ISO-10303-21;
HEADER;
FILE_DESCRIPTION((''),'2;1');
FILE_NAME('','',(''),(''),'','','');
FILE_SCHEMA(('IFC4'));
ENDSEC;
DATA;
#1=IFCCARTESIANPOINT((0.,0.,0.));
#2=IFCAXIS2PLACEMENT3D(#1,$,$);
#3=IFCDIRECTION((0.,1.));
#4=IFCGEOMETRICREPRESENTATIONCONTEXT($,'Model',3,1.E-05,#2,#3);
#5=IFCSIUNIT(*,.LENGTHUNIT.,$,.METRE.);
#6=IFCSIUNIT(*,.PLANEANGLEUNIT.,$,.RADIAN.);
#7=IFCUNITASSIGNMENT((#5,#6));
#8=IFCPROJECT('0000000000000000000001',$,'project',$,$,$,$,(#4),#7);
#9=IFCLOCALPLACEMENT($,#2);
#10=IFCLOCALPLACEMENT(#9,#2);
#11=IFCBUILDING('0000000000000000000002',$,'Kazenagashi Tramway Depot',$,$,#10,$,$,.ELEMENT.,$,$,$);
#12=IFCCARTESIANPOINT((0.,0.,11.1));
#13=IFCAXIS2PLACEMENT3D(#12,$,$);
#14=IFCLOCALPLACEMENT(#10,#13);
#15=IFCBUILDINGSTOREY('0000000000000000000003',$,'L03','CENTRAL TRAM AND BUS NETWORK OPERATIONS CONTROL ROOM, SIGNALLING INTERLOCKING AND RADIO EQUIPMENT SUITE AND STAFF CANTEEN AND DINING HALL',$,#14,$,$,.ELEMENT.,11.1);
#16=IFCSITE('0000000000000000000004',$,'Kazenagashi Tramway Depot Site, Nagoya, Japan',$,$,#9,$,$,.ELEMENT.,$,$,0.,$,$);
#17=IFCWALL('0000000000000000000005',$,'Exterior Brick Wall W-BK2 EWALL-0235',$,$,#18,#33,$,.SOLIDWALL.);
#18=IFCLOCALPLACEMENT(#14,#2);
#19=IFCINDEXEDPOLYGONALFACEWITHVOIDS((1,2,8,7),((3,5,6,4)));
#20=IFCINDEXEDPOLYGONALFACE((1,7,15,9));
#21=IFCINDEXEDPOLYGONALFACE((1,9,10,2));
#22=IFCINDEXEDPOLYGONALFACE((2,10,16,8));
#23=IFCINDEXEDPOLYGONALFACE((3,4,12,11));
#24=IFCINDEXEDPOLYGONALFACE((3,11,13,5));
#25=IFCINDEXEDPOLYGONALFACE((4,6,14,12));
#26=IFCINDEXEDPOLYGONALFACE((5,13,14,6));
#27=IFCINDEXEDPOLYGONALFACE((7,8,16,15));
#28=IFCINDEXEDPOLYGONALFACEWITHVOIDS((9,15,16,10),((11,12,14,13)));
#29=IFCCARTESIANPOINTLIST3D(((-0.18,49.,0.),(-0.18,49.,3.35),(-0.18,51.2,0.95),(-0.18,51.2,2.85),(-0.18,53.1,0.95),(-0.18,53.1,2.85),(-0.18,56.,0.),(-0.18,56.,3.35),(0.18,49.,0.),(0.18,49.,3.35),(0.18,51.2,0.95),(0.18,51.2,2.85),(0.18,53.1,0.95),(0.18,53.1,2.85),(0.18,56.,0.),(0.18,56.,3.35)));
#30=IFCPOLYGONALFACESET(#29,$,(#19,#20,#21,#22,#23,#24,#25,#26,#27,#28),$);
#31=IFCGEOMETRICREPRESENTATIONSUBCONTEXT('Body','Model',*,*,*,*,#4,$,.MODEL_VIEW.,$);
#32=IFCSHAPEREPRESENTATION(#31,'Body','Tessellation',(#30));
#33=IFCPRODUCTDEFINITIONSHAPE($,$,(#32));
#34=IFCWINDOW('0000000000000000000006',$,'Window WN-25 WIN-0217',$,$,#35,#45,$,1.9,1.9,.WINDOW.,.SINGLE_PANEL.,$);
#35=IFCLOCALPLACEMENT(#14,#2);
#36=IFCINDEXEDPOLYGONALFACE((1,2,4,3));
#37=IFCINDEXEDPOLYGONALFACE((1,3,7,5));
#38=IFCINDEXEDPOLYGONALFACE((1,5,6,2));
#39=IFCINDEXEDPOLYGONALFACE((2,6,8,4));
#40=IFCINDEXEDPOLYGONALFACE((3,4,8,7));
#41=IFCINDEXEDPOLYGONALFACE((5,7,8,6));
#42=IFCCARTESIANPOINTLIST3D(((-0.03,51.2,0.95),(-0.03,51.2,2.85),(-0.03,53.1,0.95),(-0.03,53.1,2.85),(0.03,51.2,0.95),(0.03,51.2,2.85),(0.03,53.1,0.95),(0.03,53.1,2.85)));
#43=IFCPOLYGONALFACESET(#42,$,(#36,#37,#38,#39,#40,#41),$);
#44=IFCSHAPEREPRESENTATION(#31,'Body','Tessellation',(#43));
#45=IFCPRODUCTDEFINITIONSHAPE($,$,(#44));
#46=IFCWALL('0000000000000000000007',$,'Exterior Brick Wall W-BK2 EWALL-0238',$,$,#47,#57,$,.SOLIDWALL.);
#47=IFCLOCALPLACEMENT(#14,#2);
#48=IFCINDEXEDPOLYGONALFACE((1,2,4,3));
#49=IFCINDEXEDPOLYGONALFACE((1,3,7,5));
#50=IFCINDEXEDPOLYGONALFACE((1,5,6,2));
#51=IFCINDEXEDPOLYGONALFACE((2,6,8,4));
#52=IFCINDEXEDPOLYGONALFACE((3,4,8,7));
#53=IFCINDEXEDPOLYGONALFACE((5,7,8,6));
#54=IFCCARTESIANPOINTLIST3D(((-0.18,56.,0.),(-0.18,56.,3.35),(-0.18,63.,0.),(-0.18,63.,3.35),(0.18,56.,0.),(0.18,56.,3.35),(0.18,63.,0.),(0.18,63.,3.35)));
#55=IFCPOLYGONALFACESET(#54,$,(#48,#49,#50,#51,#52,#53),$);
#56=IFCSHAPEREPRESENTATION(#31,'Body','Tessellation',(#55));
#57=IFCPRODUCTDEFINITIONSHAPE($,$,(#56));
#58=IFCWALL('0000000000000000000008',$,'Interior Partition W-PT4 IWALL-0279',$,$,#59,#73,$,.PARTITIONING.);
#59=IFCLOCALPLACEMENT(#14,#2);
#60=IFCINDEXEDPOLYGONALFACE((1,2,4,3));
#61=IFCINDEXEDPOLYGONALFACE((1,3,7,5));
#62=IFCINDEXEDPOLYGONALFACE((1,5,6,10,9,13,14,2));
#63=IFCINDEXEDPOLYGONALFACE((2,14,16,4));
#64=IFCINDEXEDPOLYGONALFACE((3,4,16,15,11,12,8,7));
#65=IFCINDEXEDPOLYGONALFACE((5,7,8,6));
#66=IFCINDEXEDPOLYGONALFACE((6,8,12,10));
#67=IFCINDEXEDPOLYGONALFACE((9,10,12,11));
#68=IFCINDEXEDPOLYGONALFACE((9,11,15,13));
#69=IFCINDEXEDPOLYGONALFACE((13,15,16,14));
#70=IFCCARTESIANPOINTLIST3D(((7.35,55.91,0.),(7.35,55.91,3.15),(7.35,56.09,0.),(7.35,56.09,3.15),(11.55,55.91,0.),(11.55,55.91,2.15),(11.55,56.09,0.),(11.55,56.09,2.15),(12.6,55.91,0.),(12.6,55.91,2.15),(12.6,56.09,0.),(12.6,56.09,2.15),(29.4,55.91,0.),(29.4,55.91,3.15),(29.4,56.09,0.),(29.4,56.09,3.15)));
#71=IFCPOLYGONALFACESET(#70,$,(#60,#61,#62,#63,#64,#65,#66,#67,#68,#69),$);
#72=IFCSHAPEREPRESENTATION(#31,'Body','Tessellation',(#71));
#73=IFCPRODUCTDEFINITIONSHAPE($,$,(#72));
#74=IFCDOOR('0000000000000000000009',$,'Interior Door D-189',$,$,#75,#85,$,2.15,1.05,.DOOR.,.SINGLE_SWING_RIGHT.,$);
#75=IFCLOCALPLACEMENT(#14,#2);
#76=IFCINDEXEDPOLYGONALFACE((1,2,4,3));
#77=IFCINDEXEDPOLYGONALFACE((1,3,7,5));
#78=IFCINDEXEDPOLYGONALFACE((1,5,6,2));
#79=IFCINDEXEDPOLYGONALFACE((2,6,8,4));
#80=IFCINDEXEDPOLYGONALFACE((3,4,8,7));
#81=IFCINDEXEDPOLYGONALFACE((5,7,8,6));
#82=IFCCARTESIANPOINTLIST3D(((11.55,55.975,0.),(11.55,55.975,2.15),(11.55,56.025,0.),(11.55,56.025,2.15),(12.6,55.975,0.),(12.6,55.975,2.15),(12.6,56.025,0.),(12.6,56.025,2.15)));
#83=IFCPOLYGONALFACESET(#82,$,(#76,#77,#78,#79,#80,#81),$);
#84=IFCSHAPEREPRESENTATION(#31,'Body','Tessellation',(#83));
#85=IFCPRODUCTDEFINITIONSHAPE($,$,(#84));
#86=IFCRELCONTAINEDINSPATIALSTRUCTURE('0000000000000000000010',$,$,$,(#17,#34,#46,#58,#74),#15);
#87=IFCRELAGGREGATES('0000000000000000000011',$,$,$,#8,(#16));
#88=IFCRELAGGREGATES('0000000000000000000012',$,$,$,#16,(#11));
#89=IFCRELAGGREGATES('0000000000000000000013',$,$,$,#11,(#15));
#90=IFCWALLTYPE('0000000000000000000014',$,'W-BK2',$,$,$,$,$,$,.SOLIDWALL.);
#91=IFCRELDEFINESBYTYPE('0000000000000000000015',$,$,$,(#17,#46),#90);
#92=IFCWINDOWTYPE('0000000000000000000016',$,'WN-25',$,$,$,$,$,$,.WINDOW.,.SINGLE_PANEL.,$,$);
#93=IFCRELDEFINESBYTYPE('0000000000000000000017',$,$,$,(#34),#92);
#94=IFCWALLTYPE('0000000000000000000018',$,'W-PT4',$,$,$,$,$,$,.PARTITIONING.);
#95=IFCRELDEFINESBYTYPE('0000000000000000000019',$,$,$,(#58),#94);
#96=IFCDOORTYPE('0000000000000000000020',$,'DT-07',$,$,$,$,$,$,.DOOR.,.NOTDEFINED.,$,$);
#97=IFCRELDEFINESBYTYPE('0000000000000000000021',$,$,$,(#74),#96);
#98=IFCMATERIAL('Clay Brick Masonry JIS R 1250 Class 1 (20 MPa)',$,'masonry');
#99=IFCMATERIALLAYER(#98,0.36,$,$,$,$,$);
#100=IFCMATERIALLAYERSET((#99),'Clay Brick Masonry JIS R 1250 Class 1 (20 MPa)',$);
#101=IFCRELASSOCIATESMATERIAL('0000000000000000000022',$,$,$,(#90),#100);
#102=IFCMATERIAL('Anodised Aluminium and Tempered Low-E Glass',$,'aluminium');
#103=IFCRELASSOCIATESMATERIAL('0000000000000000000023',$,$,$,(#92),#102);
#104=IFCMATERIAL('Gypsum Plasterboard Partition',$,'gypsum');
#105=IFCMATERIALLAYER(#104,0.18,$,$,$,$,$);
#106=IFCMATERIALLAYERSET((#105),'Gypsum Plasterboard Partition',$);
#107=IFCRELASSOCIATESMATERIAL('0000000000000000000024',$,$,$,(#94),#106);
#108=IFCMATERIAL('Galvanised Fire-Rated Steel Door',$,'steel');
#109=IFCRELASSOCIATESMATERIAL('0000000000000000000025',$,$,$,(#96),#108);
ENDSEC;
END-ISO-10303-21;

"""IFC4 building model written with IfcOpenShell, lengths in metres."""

from ifc_helpers import new_model, si_unit, direction, frame, frame_2d, origin, place, context, subcontext, project, spatial, rectangle, extrude, material, layer, layer_set, type_object, element, fill, save


model = new_model("IFC4")

# Units and contexts
model_context = context("Model", 3, precision=1e-05, world=origin(), true_north=direction((0.0, 1.0)))
body_context = subcontext(model_context, "Body", "Model", "MODEL_VIEW")
ifc_project = project(units=[si_unit("LENGTHUNIT", "METRE"), si_unit("PLANEANGLEUNIT", "RADIAN")], contexts=[model_context])

# Site, building, storey
site_placement = place(None, origin())
site = spatial("IfcSite", under=ifc_project, at=site_placement, Name="Kazenagashi Tramway Depot Site, Nagoya, Japan", CompositionType="ELEMENT", RefElevation=0.0)
building_placement = place(site_placement, origin())
building = spatial("IfcBuilding", under=site, at=building_placement, Name="Kazenagashi Tramway Depot", CompositionType="ELEMENT")
storey_placement = place(building_placement, frame((0.0, 0.0, 11.1)))
storey = spatial("IfcBuildingStorey", under=building, at=storey_placement, Name="L03", Description="CENTRAL TRAM AND BUS NETWORK OPERATIONS CONTROL ROOM, SIGNALLING INTERLOCKING AND RADIO EQUIPMENT SUITE AND STAFF CANTEEN AND DINING HALL", CompositionType="ELEMENT", Elevation=11.1)

# Wall, opening, window
ifc_material_1 = material(Name="Clay Brick Masonry JIS R 1250 Class 1 (20 MPa)", Category="masonry")
ifc_layer_1 = layer(ifc_material_1, 0.36)
ifc_layer_set_1 = layer_set([ifc_layer_1], Name="Clay Brick Masonry JIS R 1250 Class 1 (20 MPa)")
wall_type_1 = type_object("IfcWallType", Name="W-BK2", PredefinedType="SOLIDWALL", material=ifc_layer_set_1)
wall_1_placement = place(storey_placement, frame((0.0, 49.0, 0.0), z_axis=(0.0, 0.0, 1.0), x_axis=(0.0, 1.0, 0.0)))
wall_1 = element("IfcWall", 1, at=wall_1_placement, inside=storey, type_object=wall_type_1, Name="Exterior Brick Wall W-BK2 EWALL-0235", PredefinedType="SOLIDWALL", context=body_context, shape_type="SweptSolid", body=[
    extrude(rectangle(XDim=7.0, YDim=0.36, at=frame_2d((3.5, 0.0))), origin(), (0.0, 0.0, 1.0), 3.35),
])
opening_1_placement = place(wall_1_placement, frame((2.2, 0.0, 0.95)))
opening_1 = element("IfcOpeningElement", 2, at=opening_1_placement, cuts=wall_1, PredefinedType="OPENING", context=body_context, shape_type="SweptSolid", body=[
    extrude(rectangle(XDim=1.9, YDim=1.9, at=frame_2d((0.95, 0.95))), frame((0.0, 0.19, 0.0), z_axis=(0.0, -1.0, 0.0), x_axis=(1.0, 0.0, 0.0)), (0.0, 0.0, 1.0), 0.38),
])
ifc_material_2 = material(Name="Anodised Aluminium and Tempered Low-E Glass", Category="aluminium")
window_type = type_object("IfcWindowType", Name="WN-25", PartitioningType="SINGLE_PANEL", PredefinedType="WINDOW", material=ifc_material_2)
window_placement = place(opening_1_placement, origin())
window = element("IfcWindow", 3, at=window_placement, inside=storey, type_object=window_type, Name="Window WN-25 WIN-0217", OverallHeight=1.9, OverallWidth=1.9, PartitioningType="SINGLE_PANEL", PredefinedType="WINDOW", context=body_context, shape_type="SweptSolid", body=[
    extrude(rectangle(XDim=1.9, YDim=1.9, at=frame_2d((0.95, 0.95))), frame((0.0, 0.03, 0.0), z_axis=(0.0, -1.0, 0.0), x_axis=(1.0, 0.0, 0.0)), (0.0, 0.0, 1.0), 0.06),
])
fill(opening_1, window)

# Wall
wall_2_placement = place(storey_placement, frame((0.0, 56.0, 0.0), z_axis=(0.0, 0.0, 1.0), x_axis=(0.0, 1.0, 0.0)))
element("IfcWall", 4, at=wall_2_placement, inside=storey, type_object=wall_type_1, Name="Exterior Brick Wall W-BK2 EWALL-0238", PredefinedType="SOLIDWALL", context=body_context, shape_type="SweptSolid", body=[
    extrude(rectangle(XDim=7.0, YDim=0.36, at=frame_2d((3.5, 0.0))), origin(), (0.0, 0.0, 1.0), 3.35),
])

# Wall, opening, door
ifc_material_3 = material(Name="Gypsum Plasterboard Partition", Category="gypsum")
ifc_layer_2 = layer(ifc_material_3, 0.18)
ifc_layer_set_2 = layer_set([ifc_layer_2], Name="Gypsum Plasterboard Partition")
wall_type_2 = type_object("IfcWallType", Name="W-PT4", PredefinedType="PARTITIONING", material=ifc_layer_set_2)
wall_3_placement = place(storey_placement, frame((7.35, 56.0, 0.0), z_axis=(0.0, 0.0, 1.0), x_axis=(1.0, 0.0, 0.0)))
wall_3 = element("IfcWall", 5, at=wall_3_placement, inside=storey, type_object=wall_type_2, Name="Interior Partition W-PT4 IWALL-0279", PredefinedType="PARTITIONING", context=body_context, shape_type="SweptSolid", body=[
    extrude(rectangle(XDim=22.05, YDim=0.18, at=frame_2d((11.025, 0.0))), origin(), (0.0, 0.0, 1.0), 3.15),
])
opening_2_placement = place(wall_3_placement, frame((4.2, 0.0, 0.0)))
opening_2 = element("IfcOpeningElement", 6, at=opening_2_placement, cuts=wall_3, PredefinedType="OPENING", context=body_context, shape_type="SweptSolid", body=[
    extrude(rectangle(XDim=1.05, YDim=2.15, at=frame_2d((0.525, 1.075))), frame((0.0, 0.1, 0.0), z_axis=(0.0, -1.0, 0.0), x_axis=(1.0, 0.0, 0.0)), (0.0, 0.0, 1.0), 0.2),
])
ifc_material_4 = material(Name="Galvanised Fire-Rated Steel Door", Category="steel")
door_type = type_object("IfcDoorType", Name="DT-07", OperationType="NOTDEFINED", PredefinedType="DOOR", material=ifc_material_4)
door_placement = place(opening_2_placement, origin())
door = element("IfcDoor", 7, at=door_placement, inside=storey, type_object=door_type, Name="Interior Door D-189", OperationType="SINGLE_SWING_RIGHT", OverallHeight=2.15, OverallWidth=1.05, PredefinedType="DOOR", context=body_context, shape_type="SweptSolid", body=[
    extrude(rectangle(XDim=1.05, YDim=2.15, at=frame_2d((0.525, 1.075))), frame((0.0, 0.025, 0.0), z_axis=(0.0, -1.0, 0.0), x_axis=(1.0, 0.0, 0.0)), (0.0, 0.0, 1.0), 0.05),
])
fill(opening_2, door)

save(model, "model.ifc")
